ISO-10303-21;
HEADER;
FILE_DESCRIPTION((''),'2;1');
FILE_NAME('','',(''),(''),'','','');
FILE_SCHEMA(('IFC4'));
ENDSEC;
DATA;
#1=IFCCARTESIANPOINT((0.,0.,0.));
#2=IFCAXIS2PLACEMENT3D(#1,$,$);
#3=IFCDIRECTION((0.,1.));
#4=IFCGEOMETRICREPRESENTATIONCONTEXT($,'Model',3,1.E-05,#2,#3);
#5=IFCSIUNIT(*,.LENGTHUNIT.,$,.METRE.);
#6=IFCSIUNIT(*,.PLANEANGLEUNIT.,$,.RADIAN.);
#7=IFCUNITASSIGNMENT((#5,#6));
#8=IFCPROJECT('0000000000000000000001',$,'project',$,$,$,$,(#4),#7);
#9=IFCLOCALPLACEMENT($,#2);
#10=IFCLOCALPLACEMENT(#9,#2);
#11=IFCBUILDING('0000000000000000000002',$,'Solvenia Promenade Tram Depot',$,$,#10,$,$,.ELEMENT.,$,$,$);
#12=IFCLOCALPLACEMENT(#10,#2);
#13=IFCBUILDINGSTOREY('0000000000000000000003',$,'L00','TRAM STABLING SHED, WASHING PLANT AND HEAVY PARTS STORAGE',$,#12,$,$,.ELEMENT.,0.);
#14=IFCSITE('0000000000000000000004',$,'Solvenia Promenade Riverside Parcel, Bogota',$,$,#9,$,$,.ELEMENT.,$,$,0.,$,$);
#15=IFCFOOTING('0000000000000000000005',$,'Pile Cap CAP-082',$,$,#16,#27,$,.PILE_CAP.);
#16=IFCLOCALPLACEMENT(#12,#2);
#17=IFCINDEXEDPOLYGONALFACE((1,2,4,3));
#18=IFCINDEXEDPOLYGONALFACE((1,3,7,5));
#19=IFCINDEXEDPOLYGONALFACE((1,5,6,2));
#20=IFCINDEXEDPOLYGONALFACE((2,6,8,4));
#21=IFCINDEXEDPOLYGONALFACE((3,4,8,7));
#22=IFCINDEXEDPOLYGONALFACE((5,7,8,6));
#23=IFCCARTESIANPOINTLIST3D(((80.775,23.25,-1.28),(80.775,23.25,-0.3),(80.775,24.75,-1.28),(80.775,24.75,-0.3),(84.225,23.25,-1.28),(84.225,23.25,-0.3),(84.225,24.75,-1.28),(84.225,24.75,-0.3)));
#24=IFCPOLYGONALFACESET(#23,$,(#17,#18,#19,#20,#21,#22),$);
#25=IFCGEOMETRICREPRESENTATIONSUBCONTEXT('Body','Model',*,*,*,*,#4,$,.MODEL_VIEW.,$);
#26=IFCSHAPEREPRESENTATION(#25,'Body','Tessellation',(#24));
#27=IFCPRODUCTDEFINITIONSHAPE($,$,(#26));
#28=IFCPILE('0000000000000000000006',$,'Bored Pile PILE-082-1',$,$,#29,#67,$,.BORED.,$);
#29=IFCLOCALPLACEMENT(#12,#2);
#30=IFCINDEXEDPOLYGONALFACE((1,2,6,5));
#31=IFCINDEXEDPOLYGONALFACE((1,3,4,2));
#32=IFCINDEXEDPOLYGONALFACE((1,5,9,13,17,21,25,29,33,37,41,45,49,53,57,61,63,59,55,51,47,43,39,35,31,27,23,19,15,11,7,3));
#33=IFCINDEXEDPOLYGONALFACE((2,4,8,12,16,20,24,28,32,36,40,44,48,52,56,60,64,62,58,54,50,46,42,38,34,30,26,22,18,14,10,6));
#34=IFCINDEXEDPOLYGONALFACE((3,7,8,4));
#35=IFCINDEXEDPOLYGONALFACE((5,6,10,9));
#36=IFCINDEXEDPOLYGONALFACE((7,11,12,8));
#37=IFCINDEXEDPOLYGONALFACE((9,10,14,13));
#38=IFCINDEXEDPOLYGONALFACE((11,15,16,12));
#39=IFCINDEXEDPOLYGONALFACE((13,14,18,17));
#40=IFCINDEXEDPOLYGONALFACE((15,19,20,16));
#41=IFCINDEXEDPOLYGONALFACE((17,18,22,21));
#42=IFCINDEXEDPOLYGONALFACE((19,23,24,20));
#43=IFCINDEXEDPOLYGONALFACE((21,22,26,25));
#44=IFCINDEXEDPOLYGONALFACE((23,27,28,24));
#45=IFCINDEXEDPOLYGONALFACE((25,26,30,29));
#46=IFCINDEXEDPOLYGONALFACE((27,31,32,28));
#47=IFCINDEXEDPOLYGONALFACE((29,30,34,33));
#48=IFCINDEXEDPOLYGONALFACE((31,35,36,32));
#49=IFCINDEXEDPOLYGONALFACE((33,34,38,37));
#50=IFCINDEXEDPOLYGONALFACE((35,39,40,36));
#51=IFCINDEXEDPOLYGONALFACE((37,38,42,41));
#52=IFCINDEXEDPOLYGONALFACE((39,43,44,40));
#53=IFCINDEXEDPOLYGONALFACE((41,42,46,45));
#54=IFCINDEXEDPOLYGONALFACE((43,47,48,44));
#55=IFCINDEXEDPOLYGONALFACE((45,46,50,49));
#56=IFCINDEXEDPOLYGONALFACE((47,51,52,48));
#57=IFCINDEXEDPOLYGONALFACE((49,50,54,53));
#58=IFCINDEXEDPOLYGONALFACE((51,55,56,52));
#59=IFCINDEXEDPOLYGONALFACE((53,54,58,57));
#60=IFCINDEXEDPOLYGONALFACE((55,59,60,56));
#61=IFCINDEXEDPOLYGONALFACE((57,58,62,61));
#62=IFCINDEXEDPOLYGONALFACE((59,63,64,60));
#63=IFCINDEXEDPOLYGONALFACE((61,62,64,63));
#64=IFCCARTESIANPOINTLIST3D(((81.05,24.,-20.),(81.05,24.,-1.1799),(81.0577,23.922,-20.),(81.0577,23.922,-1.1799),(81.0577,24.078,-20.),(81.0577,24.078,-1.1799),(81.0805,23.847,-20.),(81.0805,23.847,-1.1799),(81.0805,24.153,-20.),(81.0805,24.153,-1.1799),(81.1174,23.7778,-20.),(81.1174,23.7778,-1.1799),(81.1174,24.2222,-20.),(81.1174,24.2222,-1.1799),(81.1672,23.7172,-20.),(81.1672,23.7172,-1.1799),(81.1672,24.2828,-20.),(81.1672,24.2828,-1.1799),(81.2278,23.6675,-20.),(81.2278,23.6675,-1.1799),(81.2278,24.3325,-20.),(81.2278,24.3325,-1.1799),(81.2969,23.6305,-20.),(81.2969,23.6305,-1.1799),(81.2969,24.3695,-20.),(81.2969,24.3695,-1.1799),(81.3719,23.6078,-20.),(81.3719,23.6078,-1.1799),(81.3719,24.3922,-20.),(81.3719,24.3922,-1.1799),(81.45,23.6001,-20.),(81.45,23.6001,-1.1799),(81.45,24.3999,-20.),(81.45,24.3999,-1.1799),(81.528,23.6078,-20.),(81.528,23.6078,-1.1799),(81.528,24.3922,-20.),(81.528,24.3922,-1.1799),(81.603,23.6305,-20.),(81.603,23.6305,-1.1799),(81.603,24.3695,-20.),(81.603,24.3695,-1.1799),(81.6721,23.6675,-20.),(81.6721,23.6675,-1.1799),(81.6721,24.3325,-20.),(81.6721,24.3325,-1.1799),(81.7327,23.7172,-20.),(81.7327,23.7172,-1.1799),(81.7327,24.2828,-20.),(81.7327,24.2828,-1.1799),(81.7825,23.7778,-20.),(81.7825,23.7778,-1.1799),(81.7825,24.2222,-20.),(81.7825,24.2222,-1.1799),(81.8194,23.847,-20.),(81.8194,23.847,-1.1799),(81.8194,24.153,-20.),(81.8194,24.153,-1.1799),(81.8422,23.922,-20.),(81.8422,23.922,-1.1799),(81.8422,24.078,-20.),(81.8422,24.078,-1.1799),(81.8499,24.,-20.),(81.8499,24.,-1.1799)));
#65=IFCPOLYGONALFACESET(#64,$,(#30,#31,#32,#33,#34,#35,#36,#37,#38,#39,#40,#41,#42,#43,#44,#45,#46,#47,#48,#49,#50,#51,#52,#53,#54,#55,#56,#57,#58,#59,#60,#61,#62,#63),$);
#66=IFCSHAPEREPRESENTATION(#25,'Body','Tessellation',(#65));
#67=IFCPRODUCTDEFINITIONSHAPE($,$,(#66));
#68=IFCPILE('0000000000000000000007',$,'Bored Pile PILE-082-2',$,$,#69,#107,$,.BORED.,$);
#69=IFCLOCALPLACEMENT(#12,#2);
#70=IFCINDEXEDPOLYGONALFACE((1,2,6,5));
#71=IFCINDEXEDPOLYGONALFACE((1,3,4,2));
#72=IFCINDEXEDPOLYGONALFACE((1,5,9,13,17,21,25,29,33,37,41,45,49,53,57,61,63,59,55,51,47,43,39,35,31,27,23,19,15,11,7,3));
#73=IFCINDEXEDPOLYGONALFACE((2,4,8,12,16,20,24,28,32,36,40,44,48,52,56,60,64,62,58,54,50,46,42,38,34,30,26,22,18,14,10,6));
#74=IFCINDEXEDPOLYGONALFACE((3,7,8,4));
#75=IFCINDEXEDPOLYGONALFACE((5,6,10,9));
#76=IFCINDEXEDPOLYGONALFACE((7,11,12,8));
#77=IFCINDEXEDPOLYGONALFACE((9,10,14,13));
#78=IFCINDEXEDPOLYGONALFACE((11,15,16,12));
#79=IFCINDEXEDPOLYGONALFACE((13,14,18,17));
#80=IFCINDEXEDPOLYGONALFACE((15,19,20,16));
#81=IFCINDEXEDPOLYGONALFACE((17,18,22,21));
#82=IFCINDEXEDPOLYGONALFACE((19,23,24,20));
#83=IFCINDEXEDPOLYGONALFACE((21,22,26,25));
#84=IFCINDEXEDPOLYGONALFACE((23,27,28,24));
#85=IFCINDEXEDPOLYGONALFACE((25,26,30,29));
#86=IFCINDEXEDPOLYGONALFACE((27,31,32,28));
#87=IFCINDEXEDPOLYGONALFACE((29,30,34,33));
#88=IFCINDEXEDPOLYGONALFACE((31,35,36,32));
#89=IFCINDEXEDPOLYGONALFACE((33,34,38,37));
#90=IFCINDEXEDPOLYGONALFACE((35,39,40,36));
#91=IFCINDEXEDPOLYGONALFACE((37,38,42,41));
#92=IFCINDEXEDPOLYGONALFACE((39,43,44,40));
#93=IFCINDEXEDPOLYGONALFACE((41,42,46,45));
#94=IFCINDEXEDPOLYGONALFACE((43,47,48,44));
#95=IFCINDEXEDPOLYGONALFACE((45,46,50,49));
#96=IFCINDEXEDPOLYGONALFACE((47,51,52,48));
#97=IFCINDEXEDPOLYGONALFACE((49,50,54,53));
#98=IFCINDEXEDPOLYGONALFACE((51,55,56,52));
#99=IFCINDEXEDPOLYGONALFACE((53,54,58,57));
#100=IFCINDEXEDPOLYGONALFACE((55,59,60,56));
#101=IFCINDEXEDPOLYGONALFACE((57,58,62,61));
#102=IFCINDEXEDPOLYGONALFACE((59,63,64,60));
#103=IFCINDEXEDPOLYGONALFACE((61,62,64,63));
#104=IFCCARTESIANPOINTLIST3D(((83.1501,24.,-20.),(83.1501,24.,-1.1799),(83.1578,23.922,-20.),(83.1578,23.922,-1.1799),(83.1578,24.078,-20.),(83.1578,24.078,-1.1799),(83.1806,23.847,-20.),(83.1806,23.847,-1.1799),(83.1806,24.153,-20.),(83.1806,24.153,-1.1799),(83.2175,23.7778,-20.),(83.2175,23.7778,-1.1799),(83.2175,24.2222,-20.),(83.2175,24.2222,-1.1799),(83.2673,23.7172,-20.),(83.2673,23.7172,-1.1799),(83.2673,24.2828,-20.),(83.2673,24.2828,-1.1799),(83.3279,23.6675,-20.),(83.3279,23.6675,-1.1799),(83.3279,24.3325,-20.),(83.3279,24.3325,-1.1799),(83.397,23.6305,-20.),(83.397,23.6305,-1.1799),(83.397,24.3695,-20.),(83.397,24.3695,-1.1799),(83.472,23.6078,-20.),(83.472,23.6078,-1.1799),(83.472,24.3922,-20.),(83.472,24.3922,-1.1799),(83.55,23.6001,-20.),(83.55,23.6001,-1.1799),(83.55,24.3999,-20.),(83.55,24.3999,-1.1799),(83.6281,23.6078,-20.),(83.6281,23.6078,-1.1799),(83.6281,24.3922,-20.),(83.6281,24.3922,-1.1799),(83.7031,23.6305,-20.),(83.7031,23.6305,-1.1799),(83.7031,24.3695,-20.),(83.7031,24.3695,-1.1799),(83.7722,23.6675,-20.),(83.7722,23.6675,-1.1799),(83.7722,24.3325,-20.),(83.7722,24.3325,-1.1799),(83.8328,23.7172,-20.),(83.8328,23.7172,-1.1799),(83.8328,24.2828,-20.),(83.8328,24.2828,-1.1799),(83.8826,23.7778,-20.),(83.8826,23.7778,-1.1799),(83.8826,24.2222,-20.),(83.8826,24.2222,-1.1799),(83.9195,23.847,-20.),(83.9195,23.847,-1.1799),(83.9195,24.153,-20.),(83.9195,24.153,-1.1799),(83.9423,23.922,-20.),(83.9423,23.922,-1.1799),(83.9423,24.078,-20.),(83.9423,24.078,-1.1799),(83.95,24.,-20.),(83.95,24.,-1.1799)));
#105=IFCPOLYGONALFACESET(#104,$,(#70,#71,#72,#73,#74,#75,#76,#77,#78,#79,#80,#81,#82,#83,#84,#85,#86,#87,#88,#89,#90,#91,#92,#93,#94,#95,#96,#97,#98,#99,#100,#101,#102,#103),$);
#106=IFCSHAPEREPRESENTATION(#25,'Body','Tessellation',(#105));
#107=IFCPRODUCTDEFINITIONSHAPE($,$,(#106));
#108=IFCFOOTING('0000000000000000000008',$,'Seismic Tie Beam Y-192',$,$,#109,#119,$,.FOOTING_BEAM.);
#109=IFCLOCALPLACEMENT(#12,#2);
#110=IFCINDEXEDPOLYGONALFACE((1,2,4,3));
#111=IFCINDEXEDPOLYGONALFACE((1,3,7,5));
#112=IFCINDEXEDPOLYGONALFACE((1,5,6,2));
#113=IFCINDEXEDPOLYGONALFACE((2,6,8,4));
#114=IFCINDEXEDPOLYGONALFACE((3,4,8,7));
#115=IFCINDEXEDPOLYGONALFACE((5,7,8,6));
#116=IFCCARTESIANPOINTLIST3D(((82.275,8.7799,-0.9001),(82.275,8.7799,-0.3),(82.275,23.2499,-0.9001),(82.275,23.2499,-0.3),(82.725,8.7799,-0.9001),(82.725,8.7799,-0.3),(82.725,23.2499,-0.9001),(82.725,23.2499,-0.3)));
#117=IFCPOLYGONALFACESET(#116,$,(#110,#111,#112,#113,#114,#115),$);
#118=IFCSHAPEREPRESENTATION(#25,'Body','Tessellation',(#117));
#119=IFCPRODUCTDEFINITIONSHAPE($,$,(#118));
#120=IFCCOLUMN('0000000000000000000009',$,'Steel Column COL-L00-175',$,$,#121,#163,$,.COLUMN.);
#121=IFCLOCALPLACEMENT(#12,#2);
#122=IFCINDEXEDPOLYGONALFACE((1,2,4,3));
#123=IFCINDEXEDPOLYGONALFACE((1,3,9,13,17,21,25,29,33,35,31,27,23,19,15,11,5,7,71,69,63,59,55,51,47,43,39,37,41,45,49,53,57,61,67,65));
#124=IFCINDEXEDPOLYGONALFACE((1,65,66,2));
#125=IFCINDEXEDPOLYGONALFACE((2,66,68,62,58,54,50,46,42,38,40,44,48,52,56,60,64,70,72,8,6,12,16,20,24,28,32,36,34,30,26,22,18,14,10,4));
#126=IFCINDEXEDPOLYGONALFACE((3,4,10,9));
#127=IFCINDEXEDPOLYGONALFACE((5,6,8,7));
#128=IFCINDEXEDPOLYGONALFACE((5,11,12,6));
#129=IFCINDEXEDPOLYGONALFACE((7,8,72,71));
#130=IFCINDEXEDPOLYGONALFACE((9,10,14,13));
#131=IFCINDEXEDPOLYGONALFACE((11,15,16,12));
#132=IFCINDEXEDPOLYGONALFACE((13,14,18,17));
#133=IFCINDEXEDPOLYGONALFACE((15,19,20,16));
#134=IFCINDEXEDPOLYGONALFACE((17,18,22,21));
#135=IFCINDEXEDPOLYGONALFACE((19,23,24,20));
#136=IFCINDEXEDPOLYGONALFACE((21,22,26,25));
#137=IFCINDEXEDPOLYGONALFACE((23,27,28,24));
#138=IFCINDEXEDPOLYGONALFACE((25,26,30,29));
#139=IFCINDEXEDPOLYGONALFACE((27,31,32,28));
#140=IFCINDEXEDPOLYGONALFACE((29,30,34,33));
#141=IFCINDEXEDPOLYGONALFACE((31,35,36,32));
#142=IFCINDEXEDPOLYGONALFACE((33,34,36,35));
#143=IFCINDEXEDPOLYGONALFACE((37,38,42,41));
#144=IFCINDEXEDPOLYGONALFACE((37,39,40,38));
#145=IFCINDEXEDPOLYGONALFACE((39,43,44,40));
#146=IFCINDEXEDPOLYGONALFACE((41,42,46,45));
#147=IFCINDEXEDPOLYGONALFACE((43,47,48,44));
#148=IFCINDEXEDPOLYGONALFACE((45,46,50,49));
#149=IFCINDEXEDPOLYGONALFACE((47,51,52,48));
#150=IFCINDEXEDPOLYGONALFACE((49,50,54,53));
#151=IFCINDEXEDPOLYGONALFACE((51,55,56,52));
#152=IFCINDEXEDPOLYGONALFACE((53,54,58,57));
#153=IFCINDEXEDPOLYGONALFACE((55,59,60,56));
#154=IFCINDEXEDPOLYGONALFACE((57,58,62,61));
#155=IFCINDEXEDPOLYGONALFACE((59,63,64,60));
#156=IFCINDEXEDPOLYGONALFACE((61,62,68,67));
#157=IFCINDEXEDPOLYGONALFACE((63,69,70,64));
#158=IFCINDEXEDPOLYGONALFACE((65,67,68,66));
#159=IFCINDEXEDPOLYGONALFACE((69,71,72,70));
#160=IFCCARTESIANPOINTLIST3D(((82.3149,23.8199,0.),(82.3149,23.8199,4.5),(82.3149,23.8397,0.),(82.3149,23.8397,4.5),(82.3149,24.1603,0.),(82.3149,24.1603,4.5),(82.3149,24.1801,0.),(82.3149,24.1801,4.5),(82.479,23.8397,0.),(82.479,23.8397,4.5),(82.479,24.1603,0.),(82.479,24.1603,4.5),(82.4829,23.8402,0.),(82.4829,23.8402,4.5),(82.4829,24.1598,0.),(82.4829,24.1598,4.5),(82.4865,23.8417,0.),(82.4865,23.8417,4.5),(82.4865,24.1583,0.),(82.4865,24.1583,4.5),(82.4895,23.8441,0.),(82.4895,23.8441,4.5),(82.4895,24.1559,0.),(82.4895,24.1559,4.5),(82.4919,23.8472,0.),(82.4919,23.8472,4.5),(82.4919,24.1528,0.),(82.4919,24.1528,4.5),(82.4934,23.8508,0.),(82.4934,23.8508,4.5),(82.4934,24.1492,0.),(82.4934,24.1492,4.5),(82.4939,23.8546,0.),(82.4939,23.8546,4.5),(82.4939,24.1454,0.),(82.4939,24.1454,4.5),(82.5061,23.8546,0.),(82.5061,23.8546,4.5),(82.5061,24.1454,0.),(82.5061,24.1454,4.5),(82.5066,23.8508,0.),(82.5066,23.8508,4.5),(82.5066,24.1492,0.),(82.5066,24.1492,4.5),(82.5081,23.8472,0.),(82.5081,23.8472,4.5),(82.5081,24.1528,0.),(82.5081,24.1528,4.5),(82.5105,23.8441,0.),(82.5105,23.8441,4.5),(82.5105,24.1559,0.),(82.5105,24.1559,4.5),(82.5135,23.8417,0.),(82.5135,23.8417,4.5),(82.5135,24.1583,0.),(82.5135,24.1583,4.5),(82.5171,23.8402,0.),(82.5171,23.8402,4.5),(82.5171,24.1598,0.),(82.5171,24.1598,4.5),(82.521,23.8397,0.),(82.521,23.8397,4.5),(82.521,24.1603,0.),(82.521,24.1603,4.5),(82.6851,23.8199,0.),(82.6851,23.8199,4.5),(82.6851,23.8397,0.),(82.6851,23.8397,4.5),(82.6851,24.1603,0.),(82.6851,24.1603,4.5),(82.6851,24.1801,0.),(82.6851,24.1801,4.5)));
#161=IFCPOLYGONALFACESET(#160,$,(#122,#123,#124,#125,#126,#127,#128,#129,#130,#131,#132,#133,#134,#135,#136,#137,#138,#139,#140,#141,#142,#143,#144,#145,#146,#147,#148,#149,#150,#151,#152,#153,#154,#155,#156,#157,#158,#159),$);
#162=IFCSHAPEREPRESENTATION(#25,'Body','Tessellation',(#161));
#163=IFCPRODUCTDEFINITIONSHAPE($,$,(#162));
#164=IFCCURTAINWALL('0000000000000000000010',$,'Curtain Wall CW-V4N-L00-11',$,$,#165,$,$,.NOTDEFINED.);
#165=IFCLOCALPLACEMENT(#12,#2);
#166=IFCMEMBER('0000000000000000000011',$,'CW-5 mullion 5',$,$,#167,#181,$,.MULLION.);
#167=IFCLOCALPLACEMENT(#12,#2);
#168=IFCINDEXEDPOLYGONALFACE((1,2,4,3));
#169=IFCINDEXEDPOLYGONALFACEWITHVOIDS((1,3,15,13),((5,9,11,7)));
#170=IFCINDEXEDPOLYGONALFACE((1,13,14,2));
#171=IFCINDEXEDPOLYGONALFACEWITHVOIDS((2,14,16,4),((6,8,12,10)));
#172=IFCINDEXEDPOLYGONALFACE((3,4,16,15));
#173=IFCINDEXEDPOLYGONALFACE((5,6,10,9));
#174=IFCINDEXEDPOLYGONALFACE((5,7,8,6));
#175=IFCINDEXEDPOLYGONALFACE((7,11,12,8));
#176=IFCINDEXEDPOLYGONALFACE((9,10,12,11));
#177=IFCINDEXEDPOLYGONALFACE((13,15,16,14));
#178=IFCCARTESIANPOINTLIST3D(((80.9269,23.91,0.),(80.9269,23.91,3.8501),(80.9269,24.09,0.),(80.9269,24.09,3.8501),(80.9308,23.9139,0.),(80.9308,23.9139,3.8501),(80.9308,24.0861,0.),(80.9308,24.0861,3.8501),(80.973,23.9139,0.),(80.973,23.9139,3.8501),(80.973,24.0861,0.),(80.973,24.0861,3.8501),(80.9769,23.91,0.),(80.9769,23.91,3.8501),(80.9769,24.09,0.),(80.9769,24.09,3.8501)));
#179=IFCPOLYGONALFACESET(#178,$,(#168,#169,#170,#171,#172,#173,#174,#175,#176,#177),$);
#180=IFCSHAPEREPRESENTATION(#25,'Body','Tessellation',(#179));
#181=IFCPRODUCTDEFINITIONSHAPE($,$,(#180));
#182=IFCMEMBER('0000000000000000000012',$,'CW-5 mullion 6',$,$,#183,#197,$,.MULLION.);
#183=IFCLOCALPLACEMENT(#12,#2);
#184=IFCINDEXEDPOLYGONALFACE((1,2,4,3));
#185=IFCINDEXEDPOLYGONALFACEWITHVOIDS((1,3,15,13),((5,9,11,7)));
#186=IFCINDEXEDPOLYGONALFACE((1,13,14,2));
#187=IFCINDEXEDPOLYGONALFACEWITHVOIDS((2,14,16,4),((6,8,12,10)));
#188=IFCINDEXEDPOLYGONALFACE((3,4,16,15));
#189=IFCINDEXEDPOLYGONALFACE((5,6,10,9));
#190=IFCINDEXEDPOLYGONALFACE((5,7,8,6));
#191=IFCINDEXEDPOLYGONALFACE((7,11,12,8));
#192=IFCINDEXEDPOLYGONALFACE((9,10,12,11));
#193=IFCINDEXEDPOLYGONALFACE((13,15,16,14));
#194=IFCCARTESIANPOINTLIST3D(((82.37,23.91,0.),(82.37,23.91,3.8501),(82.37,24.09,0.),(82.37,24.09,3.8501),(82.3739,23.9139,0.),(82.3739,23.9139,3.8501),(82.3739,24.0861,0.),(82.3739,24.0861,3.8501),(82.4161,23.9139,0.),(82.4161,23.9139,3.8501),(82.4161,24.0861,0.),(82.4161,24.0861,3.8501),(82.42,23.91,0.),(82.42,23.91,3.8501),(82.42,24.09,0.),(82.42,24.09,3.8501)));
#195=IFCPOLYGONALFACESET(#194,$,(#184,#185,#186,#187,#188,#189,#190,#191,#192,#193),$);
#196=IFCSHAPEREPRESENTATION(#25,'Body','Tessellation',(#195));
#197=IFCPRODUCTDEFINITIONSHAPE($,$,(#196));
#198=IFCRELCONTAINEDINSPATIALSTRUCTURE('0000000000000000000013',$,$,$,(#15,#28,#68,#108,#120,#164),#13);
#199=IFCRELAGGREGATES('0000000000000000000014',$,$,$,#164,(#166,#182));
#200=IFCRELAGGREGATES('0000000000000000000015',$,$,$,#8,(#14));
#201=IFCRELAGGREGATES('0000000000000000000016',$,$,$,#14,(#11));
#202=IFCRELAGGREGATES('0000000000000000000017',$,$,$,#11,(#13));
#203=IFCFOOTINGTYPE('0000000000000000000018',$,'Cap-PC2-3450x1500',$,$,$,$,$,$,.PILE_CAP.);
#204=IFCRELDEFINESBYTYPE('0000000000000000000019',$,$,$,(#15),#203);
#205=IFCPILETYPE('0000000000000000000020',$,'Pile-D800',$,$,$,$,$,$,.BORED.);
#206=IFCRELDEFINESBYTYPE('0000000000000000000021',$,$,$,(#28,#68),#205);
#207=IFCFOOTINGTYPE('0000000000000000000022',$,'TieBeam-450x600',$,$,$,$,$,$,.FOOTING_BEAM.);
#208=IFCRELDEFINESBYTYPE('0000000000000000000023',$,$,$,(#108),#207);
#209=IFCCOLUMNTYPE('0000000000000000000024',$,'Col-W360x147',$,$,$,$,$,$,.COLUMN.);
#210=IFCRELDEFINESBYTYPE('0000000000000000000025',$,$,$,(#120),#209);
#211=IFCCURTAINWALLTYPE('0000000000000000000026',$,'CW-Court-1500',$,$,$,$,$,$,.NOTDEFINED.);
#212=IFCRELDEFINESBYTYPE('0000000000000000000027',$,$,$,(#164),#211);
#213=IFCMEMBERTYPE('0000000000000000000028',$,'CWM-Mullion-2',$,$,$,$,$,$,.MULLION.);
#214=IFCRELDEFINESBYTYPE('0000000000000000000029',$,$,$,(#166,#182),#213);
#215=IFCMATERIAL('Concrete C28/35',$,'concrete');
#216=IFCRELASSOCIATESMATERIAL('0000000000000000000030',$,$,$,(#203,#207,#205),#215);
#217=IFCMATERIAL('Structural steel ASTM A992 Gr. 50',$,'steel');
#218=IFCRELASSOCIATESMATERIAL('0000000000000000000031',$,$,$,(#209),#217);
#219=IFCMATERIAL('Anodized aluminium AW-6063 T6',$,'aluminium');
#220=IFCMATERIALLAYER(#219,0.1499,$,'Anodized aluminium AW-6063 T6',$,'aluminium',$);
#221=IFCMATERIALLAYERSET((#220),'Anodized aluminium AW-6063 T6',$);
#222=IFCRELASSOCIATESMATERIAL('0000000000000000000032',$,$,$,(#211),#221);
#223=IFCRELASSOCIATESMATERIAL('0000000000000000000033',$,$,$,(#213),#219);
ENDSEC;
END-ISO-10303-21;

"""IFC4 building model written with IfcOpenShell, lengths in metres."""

from ifc_helpers import new_model, si_unit, direction, frame, origin, origin_2d, place, context, subcontext, project, spatial, rectangle, hollow_rectangle, circle, i_section, extrude, material, layer, layer_set, material_profile, profile_set, type_object, element, aggregate, save


model = new_model("IFC4")

# Units and contexts
model_context = context("Model", 3, precision=1e-05, world=origin(), true_north=direction((0.0, 1.0)))
body_context = subcontext(model_context, "Body", "Model", "MODEL_VIEW")
ifc_project = project(units=[si_unit("LENGTHUNIT", "METRE"), si_unit("PLANEANGLEUNIT", "RADIAN")], contexts=[model_context])

# Site, building, storey
site_placement = place(None, origin())
site = spatial("IfcSite", under=ifc_project, at=site_placement, Name="Solvenia Promenade Riverside Parcel, Bogota", CompositionType="ELEMENT", RefElevation=0.0)
building_placement = place(site_placement, origin())
building = spatial("IfcBuilding", under=site, at=building_placement, Name="Solvenia Promenade Tram Depot", CompositionType="ELEMENT")
storey_placement = place(building_placement, origin())
storey = spatial("IfcBuildingStorey", under=building, at=storey_placement, Name="L00", Description="TRAM STABLING SHED, WASHING PLANT AND HEAVY PARTS STORAGE", CompositionType="ELEMENT", Elevation=0.0)

# Footing
ifc_material_1 = material(Name="Concrete C28/35", Category="concrete")
footing_type_1 = type_object("IfcFootingType", Name="Cap-PC2-3450x1500", PredefinedType="PILE_CAP", material=ifc_material_1)
footing_1_placement = place(storey_placement, frame((82.5, 24.0, -1.28), z_axis=(0.0, 0.0, 1.0), x_axis=(1.0, 0.0, 0.0)))
element("IfcFooting", 1, at=footing_1_placement, inside=storey, type_object=footing_type_1, Name="Pile Cap CAP-082", PredefinedType="PILE_CAP", context=body_context, shape_type="SweptSolid", body=[
    extrude(rectangle(XDim=3.45, YDim=1.5, at=origin_2d()), origin(), (0.0, 0.0, 1.0), 0.98),
])

# Piles
ifc_material_profile_1 = material_profile(ifc_material_1, circle(Radius=0.3999, at=origin_2d()), Name="D800", Category="concrete")
ifc_profile_set_1 = profile_set([ifc_material_profile_1], Name="Concrete C28/35")
pile_type = type_object("IfcPileType", Name="Pile-D800", PredefinedType="BORED", material=ifc_profile_set_1)
for number, where, z_axis, x_axis, name in (
    (2, (81.45, 24.0, -1.1799), (0.0, 0.0, -1.0), (1.0, 0.0, 0.0), "Bored Pile PILE-082-1"),
    (3, (83.55, 24.0, -1.1799), (0.0, 0.0, -1.0), (1.0, 0.0, 0.0), "Bored Pile PILE-082-2"),
):
    element("IfcPile", number, at=place(storey_placement, frame(where, z_axis=z_axis, x_axis=x_axis)), inside=storey, type_object=pile_type, Name=name, PredefinedType="BORED", context=body_context, shape_type="SweptSolid", body=[
        extrude(circle(Radius=0.3999, at=origin_2d()), origin(), (0.0, 0.0, 1.0), 18.8201),
    ])

# Footing
footing_type_2 = type_object("IfcFootingType", Name="TieBeam-450x600", PredefinedType="FOOTING_BEAM", material=ifc_material_1)
footing_2_placement = place(storey_placement, frame((82.5, 16.0149, -0.9001), z_axis=(0.0, 0.0, 1.0), x_axis=(1.0, 0.0, 0.0)))
element("IfcFooting", 4, at=footing_2_placement, inside=storey, type_object=footing_type_2, Name="Seismic Tie Beam Y-192", PredefinedType="FOOTING_BEAM", context=body_context, shape_type="SweptSolid", body=[
    extrude(rectangle(XDim=0.45, YDim=14.47, at=origin_2d()), origin(), (0.0, 0.0, 1.0), 0.6001),
])

# Column
ifc_material_2 = material(Name="Structural steel ASTM A992 Gr. 50", Category="steel")
ifc_material_profile_2 = material_profile(ifc_material_2, i_section(OverallWidth=0.3701, OverallDepth=0.3601, WebThickness=0.0122, FlangeThickness=0.0198, FilletRadius=0.0149, at=origin_2d()), Name="W360x147", Category="steel")
ifc_profile_set_2 = profile_set([ifc_material_profile_2], Name="Structural steel ASTM A992 Gr. 50")
column_type = type_object("IfcColumnType", Name="Col-W360x147", PredefinedType="COLUMN", material=ifc_profile_set_2)
column_placement = place(storey_placement, frame((82.5, 24.0, 0.0), z_axis=(0.0, 0.0, 1.0), x_axis=(1.0, 0.0, 0.0)))
element("IfcColumn", 5, at=column_placement, inside=storey, type_object=column_type, Name="Steel Column COL-L00-175", PredefinedType="COLUMN", context=body_context, shape_type="SweptSolid", body=[
    extrude(i_section(OverallWidth=0.3701, OverallDepth=0.3601, WebThickness=0.0122, FlangeThickness=0.0198, FilletRadius=0.0149, at=origin_2d()), origin(), (0.0, 0.0, 1.0), 4.5),
])

# Curtain wall, members
ifc_material_3 = material(Name="Anodized aluminium AW-6063 T6", Category="aluminium")
ifc_layer_1 = layer(ifc_material_3, 0.1499, Name="Anodized aluminium AW-6063 T6", Category="aluminium")
ifc_layer_set_1 = layer_set([ifc_layer_1], Name="Anodized aluminium AW-6063 T6")
curtain_wall_type = type_object("IfcCurtainWallType", Name="CW-Court-1500", PredefinedType="NOTDEFINED", material=ifc_layer_set_1)
curtain_wall_1_placement = place(storey_placement, origin())
curtain_wall_1 = element("IfcCurtainWall", 6, at=curtain_wall_1_placement, inside=storey, type_object=curtain_wall_type, Name="Curtain Wall CW-V4N-L00-11", PredefinedType="NOTDEFINED")
ifc_material_profile_3 = material_profile(ifc_material_3, hollow_rectangle(XDim=0.1799, YDim=0.05, WallThickness=0.0039, at=origin_2d()), Name="ALU-M2", Category="aluminium")
ifc_profile_set_3 = profile_set([ifc_material_profile_3], Name="Anodized aluminium AW-6063 T6")
member_type_1 = type_object("IfcMemberType", Name="CWM-Mullion-2", PredefinedType="MULLION", material=ifc_profile_set_3)
member_1_placement = place(storey_placement, frame((80.9519, 24.0, 0.0), z_axis=(0.0, 0.0, 1.0), x_axis=(0.0, 1.0, 0.0)))
member_1 = element("IfcMember", 7, at=member_1_placement, type_object=member_type_1, Name="CW-5 mullion 5", PredefinedType="MULLION", context=body_context, shape_type="SweptSolid", body=[
    extrude(hollow_rectangle(XDim=0.1799, YDim=0.05, WallThickness=0.0039, at=origin_2d()), origin(), (0.0, 0.0, 1.0), 3.8501),
])
member_2_placement = place(storey_placement, frame((82.395, 24.0, 0.0), z_axis=(0.0, 0.0, 1.0), x_axis=(0.0, 1.0, 0.0)))
member_2 = element("IfcMember", 8, at=member_2_placement, type_object=member_type_1, Name="CW-5 mullion 6", PredefinedType="MULLION", context=body_context, shape_type="SweptSolid", body=[
    extrude(hollow_rectangle(XDim=0.1799, YDim=0.05, WallThickness=0.0039, at=origin_2d()), origin(), (0.0, 0.0, 1.0), 3.8501),
])

aggregate(curtain_wall_1, [member_1, member_2])

save(model, "model.ifc")
